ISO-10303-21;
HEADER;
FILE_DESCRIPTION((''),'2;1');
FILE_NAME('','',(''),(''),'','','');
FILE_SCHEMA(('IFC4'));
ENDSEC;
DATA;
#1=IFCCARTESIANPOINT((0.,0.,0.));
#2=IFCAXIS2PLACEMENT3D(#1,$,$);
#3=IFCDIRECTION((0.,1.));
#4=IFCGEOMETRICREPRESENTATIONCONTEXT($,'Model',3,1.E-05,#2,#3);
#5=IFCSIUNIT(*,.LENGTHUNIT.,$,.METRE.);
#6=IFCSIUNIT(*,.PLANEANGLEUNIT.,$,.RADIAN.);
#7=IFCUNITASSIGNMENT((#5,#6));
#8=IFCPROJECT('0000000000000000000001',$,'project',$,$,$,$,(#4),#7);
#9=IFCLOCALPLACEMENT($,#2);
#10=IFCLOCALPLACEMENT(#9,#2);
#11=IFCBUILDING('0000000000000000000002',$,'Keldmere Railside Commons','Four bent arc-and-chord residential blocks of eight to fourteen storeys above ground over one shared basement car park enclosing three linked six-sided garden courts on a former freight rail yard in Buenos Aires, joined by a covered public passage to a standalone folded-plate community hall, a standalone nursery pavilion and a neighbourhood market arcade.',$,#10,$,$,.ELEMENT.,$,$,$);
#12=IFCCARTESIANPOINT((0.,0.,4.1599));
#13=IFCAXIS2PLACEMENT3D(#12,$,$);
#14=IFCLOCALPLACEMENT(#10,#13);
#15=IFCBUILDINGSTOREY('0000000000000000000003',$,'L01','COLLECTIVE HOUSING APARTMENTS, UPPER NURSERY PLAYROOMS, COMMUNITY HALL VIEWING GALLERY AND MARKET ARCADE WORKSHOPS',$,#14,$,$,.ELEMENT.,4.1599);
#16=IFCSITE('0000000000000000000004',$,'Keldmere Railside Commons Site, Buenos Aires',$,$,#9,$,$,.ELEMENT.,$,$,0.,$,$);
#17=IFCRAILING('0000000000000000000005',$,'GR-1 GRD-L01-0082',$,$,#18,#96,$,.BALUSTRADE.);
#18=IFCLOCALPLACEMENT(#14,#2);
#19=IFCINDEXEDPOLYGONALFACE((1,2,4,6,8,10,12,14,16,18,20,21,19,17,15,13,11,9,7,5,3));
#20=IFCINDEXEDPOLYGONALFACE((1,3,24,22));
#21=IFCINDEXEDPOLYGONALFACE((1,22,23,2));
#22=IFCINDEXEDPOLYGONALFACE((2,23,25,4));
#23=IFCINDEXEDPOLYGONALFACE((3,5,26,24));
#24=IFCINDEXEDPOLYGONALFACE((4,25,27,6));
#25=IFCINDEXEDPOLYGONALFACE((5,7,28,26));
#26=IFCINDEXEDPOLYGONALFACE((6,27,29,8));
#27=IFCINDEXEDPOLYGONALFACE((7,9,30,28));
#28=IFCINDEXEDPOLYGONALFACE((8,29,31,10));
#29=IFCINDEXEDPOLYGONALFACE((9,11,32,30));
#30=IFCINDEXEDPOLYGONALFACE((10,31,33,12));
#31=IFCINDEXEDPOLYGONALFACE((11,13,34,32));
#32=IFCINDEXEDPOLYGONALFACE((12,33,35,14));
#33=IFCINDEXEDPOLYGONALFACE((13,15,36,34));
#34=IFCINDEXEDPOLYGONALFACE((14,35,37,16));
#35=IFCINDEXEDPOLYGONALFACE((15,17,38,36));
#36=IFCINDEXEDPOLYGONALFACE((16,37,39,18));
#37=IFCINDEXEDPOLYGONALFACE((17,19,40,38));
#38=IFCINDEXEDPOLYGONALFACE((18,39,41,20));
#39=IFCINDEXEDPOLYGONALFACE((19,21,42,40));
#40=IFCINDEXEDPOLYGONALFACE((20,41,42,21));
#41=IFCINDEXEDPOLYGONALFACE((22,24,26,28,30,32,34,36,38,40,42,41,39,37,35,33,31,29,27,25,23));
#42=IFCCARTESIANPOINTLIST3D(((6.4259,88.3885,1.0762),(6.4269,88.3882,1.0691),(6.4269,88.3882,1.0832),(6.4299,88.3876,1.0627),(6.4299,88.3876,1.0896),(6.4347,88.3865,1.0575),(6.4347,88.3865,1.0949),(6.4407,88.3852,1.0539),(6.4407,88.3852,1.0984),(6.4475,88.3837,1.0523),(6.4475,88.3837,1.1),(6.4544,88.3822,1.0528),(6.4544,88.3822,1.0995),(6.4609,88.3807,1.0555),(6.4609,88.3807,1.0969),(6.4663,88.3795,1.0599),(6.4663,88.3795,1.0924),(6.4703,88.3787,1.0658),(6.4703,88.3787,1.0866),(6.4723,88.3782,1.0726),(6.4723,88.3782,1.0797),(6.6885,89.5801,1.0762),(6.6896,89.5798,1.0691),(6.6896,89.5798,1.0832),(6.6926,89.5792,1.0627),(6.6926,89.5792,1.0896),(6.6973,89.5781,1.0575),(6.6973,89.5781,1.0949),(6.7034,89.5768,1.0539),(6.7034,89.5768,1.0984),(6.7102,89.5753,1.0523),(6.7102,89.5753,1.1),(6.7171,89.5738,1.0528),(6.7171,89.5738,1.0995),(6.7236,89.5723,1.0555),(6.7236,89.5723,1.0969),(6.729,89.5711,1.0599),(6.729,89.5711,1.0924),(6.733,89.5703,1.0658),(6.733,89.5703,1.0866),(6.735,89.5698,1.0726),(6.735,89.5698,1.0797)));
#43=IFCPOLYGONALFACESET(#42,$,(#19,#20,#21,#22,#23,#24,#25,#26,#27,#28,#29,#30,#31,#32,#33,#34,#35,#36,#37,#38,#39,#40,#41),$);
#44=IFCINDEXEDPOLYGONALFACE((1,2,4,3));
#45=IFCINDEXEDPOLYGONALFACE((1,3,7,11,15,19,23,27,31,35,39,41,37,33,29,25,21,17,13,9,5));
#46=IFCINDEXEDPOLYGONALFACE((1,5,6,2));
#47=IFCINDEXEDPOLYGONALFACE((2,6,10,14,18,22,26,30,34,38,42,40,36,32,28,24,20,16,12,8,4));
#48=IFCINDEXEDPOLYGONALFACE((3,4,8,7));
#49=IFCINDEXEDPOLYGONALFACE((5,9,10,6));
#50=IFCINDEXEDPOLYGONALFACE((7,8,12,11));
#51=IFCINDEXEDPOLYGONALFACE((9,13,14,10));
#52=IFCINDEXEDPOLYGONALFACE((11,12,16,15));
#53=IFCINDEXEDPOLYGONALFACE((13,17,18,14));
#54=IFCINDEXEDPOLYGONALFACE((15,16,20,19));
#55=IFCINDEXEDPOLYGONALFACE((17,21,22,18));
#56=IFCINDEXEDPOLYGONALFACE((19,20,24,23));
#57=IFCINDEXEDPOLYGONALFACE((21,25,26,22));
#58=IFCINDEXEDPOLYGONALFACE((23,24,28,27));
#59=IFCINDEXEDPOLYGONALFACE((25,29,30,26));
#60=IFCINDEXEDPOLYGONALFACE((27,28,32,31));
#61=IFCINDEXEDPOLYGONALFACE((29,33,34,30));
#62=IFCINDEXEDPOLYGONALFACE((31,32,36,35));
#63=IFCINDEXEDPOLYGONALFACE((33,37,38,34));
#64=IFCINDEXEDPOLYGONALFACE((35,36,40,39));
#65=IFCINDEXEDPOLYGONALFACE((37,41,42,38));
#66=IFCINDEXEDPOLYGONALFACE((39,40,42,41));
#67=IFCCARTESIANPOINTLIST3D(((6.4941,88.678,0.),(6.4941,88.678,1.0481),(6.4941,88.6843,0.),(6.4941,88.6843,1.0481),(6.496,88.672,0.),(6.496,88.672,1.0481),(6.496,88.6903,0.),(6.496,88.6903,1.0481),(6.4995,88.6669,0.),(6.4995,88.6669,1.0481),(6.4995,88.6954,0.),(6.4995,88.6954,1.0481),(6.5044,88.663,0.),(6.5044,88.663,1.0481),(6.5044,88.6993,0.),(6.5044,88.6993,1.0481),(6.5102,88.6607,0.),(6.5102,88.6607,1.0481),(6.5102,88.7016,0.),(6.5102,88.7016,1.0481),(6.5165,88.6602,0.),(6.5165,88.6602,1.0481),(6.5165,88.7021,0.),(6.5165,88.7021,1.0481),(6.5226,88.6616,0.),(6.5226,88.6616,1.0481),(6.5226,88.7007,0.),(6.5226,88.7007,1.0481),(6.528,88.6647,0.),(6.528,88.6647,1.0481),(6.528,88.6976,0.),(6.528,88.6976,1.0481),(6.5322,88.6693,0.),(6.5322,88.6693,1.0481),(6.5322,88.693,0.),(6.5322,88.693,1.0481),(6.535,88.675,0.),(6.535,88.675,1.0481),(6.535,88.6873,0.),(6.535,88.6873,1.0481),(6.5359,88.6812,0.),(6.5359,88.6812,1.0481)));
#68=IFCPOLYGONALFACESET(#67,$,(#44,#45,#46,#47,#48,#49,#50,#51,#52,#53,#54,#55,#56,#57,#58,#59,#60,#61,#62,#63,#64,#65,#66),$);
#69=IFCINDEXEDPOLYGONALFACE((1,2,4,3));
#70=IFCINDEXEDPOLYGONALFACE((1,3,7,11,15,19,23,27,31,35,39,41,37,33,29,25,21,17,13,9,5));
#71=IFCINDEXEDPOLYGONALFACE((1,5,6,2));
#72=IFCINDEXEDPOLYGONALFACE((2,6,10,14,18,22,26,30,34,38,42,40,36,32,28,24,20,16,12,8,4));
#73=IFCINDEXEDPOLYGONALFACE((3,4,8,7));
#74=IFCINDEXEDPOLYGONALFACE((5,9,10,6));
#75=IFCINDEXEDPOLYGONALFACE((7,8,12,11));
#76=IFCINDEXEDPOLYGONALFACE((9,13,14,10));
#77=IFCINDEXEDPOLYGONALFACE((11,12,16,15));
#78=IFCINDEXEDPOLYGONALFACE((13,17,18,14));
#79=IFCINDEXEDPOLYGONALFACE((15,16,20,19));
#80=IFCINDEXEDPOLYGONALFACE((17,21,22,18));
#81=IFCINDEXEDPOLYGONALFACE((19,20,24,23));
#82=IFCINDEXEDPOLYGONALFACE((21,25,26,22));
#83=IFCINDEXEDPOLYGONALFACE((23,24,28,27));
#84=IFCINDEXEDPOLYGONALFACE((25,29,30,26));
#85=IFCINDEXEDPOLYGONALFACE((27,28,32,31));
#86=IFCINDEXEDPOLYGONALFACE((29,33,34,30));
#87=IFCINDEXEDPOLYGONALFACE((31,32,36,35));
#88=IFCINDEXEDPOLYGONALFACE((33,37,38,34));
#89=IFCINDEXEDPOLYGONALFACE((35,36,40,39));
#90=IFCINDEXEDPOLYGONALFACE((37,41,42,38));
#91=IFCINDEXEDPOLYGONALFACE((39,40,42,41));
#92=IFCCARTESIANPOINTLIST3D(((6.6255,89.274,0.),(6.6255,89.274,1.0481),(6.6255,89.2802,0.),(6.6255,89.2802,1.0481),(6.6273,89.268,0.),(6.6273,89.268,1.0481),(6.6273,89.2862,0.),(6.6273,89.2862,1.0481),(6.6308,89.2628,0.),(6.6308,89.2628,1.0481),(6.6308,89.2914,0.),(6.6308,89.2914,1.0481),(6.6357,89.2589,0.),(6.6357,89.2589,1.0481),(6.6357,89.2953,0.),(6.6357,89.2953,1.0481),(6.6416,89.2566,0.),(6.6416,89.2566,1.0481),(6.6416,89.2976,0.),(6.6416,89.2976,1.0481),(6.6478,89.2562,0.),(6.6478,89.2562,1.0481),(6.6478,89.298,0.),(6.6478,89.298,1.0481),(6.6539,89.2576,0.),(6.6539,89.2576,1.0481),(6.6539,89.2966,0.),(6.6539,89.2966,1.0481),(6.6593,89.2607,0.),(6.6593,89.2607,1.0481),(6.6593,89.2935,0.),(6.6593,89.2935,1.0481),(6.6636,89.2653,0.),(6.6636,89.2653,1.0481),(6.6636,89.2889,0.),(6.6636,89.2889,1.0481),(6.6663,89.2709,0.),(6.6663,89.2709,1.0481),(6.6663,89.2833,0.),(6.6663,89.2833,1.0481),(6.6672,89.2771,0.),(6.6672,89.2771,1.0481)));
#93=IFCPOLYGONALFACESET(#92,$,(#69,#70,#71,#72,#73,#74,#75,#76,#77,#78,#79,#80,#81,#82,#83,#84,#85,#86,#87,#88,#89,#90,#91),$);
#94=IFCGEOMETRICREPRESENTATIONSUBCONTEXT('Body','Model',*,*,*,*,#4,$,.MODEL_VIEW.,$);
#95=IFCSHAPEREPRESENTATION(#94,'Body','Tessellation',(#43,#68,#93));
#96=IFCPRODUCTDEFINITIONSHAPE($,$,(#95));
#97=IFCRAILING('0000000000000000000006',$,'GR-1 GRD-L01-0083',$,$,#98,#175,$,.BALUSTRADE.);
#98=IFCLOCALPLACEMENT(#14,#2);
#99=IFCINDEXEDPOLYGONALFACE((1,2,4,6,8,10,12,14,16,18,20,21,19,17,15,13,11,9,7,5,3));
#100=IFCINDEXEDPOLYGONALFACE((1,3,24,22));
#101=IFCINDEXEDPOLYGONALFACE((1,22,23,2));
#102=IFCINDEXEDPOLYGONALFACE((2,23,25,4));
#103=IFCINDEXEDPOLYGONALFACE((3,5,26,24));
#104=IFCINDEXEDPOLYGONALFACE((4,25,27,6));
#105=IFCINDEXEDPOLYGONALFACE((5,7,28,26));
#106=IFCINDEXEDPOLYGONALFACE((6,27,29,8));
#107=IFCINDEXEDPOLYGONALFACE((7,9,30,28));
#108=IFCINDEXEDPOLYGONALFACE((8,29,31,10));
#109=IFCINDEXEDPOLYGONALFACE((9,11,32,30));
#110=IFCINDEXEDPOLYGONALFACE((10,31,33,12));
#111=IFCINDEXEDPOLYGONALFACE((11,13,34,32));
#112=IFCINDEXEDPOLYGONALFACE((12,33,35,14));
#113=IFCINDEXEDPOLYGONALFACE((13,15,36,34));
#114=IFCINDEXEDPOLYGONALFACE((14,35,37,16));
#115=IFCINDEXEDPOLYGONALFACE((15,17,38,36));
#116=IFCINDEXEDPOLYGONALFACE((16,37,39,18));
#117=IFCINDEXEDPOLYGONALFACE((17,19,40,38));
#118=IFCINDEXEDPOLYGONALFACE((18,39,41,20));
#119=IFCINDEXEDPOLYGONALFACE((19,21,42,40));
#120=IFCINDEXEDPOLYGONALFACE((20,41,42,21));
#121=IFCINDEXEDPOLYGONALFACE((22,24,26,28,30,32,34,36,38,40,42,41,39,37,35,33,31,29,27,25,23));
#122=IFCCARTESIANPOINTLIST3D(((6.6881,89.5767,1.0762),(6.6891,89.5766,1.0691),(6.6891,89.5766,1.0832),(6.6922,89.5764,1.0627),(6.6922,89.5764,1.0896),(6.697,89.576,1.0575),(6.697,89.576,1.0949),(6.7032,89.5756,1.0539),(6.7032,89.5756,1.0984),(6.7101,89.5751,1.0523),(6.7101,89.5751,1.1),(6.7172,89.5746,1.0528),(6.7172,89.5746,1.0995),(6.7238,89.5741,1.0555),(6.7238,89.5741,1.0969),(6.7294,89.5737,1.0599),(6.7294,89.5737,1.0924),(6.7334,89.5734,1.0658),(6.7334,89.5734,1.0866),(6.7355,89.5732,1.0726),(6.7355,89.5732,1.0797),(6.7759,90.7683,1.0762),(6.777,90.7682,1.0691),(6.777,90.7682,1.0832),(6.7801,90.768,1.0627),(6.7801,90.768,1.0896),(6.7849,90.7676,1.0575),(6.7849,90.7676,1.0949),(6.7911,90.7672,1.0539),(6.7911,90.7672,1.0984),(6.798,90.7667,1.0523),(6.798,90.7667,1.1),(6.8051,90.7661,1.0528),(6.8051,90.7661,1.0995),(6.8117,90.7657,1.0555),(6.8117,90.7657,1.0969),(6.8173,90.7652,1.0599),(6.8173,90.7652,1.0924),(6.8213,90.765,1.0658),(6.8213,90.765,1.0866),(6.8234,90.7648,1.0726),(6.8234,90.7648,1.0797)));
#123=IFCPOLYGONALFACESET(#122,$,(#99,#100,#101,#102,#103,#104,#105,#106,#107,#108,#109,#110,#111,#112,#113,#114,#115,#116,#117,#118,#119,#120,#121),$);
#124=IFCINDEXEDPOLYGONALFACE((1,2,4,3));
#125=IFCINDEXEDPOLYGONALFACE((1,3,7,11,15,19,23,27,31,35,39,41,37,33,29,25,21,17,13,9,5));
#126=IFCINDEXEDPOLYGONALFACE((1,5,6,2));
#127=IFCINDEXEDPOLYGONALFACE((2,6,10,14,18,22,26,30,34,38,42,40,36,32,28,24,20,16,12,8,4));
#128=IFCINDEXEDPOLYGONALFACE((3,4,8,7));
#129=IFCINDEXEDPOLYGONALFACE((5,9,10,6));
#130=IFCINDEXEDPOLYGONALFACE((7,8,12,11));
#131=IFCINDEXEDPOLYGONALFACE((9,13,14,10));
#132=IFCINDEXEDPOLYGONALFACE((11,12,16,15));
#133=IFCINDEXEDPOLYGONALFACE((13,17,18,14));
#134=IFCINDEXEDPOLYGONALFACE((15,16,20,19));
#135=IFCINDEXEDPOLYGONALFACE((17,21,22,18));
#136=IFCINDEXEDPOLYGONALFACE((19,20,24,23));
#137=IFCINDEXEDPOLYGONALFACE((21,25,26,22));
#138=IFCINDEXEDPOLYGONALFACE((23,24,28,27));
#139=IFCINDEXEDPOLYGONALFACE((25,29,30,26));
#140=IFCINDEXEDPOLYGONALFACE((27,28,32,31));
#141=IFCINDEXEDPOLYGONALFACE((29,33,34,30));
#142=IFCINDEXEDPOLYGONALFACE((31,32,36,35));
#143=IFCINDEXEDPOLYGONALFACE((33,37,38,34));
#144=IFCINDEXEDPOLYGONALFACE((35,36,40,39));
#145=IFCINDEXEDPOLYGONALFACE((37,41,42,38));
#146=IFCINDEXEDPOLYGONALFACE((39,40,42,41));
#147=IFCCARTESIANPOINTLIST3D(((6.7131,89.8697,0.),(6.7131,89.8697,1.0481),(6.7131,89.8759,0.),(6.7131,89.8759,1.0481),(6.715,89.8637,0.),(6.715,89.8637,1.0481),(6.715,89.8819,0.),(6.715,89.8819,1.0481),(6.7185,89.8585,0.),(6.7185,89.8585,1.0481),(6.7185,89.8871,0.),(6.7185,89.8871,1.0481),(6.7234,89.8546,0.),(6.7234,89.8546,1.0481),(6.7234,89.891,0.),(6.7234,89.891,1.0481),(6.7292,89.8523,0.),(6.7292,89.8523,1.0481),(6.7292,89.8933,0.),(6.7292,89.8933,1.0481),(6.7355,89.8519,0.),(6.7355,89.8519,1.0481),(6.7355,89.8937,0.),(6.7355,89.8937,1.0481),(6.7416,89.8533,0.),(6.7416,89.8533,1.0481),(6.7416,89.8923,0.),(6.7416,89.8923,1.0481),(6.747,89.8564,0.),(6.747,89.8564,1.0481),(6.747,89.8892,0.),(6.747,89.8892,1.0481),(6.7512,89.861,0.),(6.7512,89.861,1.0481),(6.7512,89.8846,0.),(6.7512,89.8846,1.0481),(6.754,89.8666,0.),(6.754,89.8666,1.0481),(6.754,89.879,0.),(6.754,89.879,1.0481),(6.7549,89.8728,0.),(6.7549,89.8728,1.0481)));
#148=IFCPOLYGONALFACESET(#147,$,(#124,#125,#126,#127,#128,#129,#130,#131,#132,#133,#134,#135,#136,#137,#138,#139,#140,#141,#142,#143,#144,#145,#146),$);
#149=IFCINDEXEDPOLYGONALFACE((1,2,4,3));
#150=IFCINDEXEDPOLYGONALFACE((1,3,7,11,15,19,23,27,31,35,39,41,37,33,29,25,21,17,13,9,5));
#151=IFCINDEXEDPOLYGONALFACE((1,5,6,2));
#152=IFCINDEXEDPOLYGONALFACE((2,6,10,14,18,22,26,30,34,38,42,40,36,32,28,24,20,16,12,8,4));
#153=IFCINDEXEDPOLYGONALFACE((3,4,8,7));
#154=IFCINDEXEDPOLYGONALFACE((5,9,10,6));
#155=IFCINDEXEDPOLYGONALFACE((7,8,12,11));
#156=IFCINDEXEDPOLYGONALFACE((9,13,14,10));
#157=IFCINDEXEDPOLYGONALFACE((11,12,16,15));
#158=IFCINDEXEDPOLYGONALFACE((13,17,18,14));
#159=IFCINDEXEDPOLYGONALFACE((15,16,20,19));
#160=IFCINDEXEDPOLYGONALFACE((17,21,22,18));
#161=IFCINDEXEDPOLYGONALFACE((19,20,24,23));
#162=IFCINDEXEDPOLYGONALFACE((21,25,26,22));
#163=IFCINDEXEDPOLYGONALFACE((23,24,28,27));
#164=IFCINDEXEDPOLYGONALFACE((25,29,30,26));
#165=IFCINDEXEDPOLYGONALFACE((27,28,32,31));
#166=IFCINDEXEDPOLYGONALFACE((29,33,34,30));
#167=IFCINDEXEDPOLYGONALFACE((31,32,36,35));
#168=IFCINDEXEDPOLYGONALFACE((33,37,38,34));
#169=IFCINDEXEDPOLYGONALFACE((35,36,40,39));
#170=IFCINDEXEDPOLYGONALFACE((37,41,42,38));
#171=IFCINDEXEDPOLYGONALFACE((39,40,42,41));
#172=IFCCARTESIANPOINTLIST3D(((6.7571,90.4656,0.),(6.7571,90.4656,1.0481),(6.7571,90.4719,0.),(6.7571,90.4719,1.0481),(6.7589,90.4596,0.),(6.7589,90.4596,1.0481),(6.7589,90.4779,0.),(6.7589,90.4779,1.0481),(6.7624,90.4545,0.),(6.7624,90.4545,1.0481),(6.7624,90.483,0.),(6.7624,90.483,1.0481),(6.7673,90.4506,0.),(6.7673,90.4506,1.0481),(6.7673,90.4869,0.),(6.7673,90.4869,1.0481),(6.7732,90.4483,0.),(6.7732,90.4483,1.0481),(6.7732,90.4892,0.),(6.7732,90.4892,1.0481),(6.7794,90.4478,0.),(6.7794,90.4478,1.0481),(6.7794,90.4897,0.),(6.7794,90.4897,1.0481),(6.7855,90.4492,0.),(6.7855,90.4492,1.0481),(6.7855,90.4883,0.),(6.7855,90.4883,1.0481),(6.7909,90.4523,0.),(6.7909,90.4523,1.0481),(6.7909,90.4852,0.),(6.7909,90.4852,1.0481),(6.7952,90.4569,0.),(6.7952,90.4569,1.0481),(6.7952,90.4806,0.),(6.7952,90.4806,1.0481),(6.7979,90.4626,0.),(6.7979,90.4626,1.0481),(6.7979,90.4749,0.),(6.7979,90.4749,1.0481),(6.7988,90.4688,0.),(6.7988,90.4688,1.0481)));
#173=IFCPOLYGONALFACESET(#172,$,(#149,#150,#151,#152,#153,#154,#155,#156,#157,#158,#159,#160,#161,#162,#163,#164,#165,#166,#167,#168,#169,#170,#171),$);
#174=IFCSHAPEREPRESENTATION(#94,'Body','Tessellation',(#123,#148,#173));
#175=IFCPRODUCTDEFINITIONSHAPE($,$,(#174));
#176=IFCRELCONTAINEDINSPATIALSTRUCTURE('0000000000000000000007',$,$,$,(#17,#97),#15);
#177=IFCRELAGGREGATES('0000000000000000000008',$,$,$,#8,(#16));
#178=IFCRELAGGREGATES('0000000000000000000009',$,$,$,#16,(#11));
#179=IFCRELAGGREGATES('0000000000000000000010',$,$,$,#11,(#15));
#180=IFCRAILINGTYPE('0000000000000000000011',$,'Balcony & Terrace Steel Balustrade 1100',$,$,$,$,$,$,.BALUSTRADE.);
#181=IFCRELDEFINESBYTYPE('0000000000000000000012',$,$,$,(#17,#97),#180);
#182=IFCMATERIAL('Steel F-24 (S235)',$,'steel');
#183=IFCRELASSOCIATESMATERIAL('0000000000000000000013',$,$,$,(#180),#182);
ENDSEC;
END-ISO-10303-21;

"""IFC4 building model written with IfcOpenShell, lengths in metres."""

from ifc_helpers import new_model, si_unit, direction, frame, origin, origin_2d, place, context, subcontext, project, spatial, circle, extrude, material, type_object, element, save


model = new_model("IFC4")

# Units and contexts
model_context = context("Model", 3, precision=1e-05, world=origin(), true_north=direction((0.0, 1.0)))
body_context = subcontext(model_context, "Body", "Model", "MODEL_VIEW")
ifc_project = project(units=[si_unit("LENGTHUNIT", "METRE"), si_unit("PLANEANGLEUNIT", "RADIAN")], contexts=[model_context])

# Site, building, storey
site_placement = place(None, origin())
site = spatial("IfcSite", under=ifc_project, at=site_placement, Name="Keldmere Railside Commons Site, Buenos Aires", CompositionType="ELEMENT", RefElevation=0.0)
building_placement = place(site_placement, origin())
building = spatial("IfcBuilding", under=site, at=building_placement, Name="Keldmere Railside Commons", Description="Four bent arc-and-chord residential blocks of eight to fourteen storeys above ground over one shared basement car park enclosing three linked six-sided garden courts on a former freight rail yard in Buenos Aires, joined by a covered public passage to a standalone folded-plate community hall, a standalone nursery pavilion and a neighbourhood market arcade.", CompositionType="ELEMENT")
storey_placement = place(building_placement, frame((0.0, 0.0, 4.1599)))
storey = spatial("IfcBuildingStorey", under=building, at=storey_placement, Name="L01", Description="COLLECTIVE HOUSING APARTMENTS, UPPER NURSERY PLAYROOMS, COMMUNITY HALL VIEWING GALLERY AND MARKET ARCADE WORKSHOPS", CompositionType="ELEMENT", Elevation=4.1599)

# Railings
ifc_material_1 = material(Name="Steel F-24 (S235)", Category="steel")
railing_type = type_object("IfcRailingType", Name="Balcony & Terrace Steel Balustrade 1100", PredefinedType="BALUSTRADE", material=ifc_material_1)
railing_1_placement = place(storey_placement, frame((6.4492, 88.3833, 0.0)))
element("IfcRailing", 1, at=railing_1_placement, inside=storey, type_object=railing_type, Name="GR-1 GRD-L01-0082", PredefinedType="BALUSTRADE", context=body_context, shape_type="SweptSolid", body=[
    extrude(circle(Radius=0.0239, at=origin_2d()), frame((0.0, 0.0, 1.0762), z_axis=(0.215278, 0.976553, 0.0), x_axis=(-0.976553, 0.215278, 0.0)), (0.0, 0.0, 1.0), 1.2202),
    extrude(circle(Radius=0.021, at=origin_2d()), frame((0.0657, 0.2979, 0.0)), (0.0, 0.0, 1.0), 1.0481),
    extrude(circle(Radius=0.021, at=origin_2d()), frame((0.197, 0.8938, 0.0)), (0.0, 0.0, 1.0), 1.0481),
])
railing_2_placement = place(storey_placement, frame((6.7119, 89.575, 0.0)))
element("IfcRailing", 2, at=railing_2_placement, inside=storey, type_object=railing_type, Name="GR-1 GRD-L01-0083", PredefinedType="BALUSTRADE", context=body_context, shape_type="SweptSolid", body=[
    extrude(circle(Radius=0.0239, at=origin_2d()), frame((0.0, 0.0, 1.0762), z_axis=(0.073556, 0.997291, 0.0), x_axis=(-0.997291, 0.073556, 0.0)), (0.0, 0.0, 1.0), 1.1948),
    extrude(circle(Radius=0.021, at=origin_2d()), frame((0.022, 0.2979, 0.0)), (0.0, 0.0, 1.0), 1.0481),
    extrude(circle(Radius=0.021, at=origin_2d()), frame((0.0659, 0.8938, 0.0)), (0.0, 0.0, 1.0), 1.0481),
])

save(model, "model.ifc")
